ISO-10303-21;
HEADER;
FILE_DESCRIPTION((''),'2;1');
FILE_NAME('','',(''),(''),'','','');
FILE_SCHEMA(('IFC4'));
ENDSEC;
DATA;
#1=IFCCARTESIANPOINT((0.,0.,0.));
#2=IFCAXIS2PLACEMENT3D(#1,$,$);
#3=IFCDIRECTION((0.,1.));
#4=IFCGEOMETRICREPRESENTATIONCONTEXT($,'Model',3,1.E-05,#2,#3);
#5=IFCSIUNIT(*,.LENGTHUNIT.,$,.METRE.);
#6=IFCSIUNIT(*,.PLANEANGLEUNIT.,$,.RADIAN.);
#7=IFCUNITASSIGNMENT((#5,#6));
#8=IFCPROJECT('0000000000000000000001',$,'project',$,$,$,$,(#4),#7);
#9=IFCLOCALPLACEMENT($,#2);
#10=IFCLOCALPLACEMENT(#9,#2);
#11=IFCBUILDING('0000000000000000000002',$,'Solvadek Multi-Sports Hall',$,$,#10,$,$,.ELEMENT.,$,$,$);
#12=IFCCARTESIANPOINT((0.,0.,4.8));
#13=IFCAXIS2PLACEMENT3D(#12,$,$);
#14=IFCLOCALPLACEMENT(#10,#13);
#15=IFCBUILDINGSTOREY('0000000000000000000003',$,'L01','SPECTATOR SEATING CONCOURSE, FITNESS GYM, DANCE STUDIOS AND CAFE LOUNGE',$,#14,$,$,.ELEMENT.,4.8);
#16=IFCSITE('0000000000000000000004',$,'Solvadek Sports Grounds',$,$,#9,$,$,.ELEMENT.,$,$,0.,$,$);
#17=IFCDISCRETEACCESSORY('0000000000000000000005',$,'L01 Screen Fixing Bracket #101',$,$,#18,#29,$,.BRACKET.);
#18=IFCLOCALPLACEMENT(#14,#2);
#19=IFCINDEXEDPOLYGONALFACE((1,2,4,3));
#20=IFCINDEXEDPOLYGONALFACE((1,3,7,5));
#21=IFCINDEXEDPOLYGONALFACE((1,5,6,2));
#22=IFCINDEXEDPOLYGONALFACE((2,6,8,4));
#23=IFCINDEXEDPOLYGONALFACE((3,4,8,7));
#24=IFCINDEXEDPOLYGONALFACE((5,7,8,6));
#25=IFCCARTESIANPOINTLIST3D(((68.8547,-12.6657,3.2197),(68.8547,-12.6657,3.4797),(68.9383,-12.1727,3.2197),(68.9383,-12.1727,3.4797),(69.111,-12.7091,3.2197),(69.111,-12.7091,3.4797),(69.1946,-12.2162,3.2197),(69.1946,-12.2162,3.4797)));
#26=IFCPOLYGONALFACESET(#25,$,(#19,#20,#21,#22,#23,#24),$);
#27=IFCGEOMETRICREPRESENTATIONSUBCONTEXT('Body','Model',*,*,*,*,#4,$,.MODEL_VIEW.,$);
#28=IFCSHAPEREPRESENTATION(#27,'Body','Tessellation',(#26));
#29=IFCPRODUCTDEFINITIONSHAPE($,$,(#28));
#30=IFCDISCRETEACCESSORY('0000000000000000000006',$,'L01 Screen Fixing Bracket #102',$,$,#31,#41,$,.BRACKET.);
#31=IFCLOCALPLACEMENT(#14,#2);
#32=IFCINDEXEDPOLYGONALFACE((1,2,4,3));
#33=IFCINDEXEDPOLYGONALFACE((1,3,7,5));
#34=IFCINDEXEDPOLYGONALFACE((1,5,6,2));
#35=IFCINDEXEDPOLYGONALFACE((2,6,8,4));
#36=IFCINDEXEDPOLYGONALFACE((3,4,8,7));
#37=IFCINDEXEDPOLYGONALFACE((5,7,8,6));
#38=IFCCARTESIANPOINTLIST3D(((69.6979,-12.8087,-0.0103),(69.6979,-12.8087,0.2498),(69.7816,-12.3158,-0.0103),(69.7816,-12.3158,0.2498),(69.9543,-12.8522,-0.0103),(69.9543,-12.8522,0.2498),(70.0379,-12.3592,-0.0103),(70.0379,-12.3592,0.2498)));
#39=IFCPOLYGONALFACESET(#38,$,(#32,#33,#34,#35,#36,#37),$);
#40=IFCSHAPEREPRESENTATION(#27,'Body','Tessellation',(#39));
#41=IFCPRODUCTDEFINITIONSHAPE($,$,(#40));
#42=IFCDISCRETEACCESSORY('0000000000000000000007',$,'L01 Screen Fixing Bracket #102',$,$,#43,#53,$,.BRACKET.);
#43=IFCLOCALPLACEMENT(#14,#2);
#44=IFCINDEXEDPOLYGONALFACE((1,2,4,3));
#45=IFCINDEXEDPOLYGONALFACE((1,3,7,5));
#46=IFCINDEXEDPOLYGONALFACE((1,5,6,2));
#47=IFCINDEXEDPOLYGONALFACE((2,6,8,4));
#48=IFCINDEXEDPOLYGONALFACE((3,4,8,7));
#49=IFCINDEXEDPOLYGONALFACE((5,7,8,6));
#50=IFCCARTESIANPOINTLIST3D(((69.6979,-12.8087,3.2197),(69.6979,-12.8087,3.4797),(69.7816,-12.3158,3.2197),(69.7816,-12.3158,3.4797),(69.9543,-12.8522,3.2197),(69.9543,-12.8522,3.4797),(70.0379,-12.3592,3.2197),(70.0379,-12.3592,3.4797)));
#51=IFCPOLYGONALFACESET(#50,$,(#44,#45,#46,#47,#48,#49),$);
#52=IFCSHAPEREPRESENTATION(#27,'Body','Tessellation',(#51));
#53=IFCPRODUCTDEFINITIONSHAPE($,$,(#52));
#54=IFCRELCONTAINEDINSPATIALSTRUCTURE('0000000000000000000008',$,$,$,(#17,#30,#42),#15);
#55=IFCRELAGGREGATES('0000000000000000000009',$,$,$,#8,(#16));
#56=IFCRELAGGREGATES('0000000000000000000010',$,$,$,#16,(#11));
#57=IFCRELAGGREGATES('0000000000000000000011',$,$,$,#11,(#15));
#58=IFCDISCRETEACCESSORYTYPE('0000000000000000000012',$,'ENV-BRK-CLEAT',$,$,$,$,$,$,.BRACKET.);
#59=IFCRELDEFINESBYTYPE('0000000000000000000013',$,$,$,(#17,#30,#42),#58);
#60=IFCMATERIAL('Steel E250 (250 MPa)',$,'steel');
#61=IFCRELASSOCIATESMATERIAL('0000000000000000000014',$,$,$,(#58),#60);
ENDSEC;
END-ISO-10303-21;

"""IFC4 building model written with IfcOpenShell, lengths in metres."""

from ifc_helpers import new_model, si_unit, direction, frame, origin, origin_2d, place, context, subcontext, project, spatial, rectangle, extrude, material, type_object, element, save


model = new_model("IFC4")

# Units and contexts
model_context = context("Model", 3, precision=1e-05, world=origin(), true_north=direction((0.0, 1.0)))
body_context = subcontext(model_context, "Body", "Model", "MODEL_VIEW")
ifc_project = project(units=[si_unit("LENGTHUNIT", "METRE"), si_unit("PLANEANGLEUNIT", "RADIAN")], contexts=[model_context])

# Site, building, storey
site_placement = place(None, origin())
site = spatial("IfcSite", under=ifc_project, at=site_placement, Name="Solvadek Sports Grounds", CompositionType="ELEMENT", RefElevation=0.0)
building_placement = place(site_placement, origin())
building = spatial("IfcBuilding", under=site, at=building_placement, Name="Solvadek Multi-Sports Hall", CompositionType="ELEMENT")
storey_placement = place(building_placement, frame((0.0, 0.0, 4.8)))
storey = spatial("IfcBuildingStorey", under=building, at=storey_placement, Name="L01", Description="SPECTATOR SEATING CONCOURSE, FITNESS GYM, DANCE STUDIOS AND CAFE LOUNGE", CompositionType="ELEMENT", Elevation=4.8)

# Discrete accessories
ifc_material_1 = material(Name="Steel E250 (250 MPa)", Category="steel")
discrete_accessory_type = type_object("IfcDiscreteAccessoryType", Name="ENV-BRK-CLEAT", PredefinedType="BRACKET", material=ifc_material_1)
for number, where, z_axis, x_axis, name in (
    (1, (69.0247, -12.4409, 3.2197), (0.0, 0.0, 1.0), (0.985919, -0.167223, 0.0), "L01 Screen Fixing Bracket #101"),
    (2, (69.8679, -12.584, -0.0103), (0.0, 0.0, 1.0), (0.985919, -0.167223, 0.0), "L01 Screen Fixing Bracket #102"),
    (3, (69.8679, -12.584, 3.2197), (0.0, 0.0, 1.0), (0.985919, -0.167223, 0.0), "L01 Screen Fixing Bracket #102"),
):
    element("IfcDiscreteAccessory", number, at=place(storey_placement, frame(where, z_axis=z_axis, x_axis=x_axis)), inside=storey, type_object=discrete_accessory_type, Name=name, PredefinedType="BRACKET", context=body_context, shape_type="SweptSolid", body=[
        extrude(rectangle(XDim=0.26, YDim=0.5, at=origin_2d()), origin(), (0.0, 0.0, 1.0), 0.26),
    ])

save(model, "model.ifc")
